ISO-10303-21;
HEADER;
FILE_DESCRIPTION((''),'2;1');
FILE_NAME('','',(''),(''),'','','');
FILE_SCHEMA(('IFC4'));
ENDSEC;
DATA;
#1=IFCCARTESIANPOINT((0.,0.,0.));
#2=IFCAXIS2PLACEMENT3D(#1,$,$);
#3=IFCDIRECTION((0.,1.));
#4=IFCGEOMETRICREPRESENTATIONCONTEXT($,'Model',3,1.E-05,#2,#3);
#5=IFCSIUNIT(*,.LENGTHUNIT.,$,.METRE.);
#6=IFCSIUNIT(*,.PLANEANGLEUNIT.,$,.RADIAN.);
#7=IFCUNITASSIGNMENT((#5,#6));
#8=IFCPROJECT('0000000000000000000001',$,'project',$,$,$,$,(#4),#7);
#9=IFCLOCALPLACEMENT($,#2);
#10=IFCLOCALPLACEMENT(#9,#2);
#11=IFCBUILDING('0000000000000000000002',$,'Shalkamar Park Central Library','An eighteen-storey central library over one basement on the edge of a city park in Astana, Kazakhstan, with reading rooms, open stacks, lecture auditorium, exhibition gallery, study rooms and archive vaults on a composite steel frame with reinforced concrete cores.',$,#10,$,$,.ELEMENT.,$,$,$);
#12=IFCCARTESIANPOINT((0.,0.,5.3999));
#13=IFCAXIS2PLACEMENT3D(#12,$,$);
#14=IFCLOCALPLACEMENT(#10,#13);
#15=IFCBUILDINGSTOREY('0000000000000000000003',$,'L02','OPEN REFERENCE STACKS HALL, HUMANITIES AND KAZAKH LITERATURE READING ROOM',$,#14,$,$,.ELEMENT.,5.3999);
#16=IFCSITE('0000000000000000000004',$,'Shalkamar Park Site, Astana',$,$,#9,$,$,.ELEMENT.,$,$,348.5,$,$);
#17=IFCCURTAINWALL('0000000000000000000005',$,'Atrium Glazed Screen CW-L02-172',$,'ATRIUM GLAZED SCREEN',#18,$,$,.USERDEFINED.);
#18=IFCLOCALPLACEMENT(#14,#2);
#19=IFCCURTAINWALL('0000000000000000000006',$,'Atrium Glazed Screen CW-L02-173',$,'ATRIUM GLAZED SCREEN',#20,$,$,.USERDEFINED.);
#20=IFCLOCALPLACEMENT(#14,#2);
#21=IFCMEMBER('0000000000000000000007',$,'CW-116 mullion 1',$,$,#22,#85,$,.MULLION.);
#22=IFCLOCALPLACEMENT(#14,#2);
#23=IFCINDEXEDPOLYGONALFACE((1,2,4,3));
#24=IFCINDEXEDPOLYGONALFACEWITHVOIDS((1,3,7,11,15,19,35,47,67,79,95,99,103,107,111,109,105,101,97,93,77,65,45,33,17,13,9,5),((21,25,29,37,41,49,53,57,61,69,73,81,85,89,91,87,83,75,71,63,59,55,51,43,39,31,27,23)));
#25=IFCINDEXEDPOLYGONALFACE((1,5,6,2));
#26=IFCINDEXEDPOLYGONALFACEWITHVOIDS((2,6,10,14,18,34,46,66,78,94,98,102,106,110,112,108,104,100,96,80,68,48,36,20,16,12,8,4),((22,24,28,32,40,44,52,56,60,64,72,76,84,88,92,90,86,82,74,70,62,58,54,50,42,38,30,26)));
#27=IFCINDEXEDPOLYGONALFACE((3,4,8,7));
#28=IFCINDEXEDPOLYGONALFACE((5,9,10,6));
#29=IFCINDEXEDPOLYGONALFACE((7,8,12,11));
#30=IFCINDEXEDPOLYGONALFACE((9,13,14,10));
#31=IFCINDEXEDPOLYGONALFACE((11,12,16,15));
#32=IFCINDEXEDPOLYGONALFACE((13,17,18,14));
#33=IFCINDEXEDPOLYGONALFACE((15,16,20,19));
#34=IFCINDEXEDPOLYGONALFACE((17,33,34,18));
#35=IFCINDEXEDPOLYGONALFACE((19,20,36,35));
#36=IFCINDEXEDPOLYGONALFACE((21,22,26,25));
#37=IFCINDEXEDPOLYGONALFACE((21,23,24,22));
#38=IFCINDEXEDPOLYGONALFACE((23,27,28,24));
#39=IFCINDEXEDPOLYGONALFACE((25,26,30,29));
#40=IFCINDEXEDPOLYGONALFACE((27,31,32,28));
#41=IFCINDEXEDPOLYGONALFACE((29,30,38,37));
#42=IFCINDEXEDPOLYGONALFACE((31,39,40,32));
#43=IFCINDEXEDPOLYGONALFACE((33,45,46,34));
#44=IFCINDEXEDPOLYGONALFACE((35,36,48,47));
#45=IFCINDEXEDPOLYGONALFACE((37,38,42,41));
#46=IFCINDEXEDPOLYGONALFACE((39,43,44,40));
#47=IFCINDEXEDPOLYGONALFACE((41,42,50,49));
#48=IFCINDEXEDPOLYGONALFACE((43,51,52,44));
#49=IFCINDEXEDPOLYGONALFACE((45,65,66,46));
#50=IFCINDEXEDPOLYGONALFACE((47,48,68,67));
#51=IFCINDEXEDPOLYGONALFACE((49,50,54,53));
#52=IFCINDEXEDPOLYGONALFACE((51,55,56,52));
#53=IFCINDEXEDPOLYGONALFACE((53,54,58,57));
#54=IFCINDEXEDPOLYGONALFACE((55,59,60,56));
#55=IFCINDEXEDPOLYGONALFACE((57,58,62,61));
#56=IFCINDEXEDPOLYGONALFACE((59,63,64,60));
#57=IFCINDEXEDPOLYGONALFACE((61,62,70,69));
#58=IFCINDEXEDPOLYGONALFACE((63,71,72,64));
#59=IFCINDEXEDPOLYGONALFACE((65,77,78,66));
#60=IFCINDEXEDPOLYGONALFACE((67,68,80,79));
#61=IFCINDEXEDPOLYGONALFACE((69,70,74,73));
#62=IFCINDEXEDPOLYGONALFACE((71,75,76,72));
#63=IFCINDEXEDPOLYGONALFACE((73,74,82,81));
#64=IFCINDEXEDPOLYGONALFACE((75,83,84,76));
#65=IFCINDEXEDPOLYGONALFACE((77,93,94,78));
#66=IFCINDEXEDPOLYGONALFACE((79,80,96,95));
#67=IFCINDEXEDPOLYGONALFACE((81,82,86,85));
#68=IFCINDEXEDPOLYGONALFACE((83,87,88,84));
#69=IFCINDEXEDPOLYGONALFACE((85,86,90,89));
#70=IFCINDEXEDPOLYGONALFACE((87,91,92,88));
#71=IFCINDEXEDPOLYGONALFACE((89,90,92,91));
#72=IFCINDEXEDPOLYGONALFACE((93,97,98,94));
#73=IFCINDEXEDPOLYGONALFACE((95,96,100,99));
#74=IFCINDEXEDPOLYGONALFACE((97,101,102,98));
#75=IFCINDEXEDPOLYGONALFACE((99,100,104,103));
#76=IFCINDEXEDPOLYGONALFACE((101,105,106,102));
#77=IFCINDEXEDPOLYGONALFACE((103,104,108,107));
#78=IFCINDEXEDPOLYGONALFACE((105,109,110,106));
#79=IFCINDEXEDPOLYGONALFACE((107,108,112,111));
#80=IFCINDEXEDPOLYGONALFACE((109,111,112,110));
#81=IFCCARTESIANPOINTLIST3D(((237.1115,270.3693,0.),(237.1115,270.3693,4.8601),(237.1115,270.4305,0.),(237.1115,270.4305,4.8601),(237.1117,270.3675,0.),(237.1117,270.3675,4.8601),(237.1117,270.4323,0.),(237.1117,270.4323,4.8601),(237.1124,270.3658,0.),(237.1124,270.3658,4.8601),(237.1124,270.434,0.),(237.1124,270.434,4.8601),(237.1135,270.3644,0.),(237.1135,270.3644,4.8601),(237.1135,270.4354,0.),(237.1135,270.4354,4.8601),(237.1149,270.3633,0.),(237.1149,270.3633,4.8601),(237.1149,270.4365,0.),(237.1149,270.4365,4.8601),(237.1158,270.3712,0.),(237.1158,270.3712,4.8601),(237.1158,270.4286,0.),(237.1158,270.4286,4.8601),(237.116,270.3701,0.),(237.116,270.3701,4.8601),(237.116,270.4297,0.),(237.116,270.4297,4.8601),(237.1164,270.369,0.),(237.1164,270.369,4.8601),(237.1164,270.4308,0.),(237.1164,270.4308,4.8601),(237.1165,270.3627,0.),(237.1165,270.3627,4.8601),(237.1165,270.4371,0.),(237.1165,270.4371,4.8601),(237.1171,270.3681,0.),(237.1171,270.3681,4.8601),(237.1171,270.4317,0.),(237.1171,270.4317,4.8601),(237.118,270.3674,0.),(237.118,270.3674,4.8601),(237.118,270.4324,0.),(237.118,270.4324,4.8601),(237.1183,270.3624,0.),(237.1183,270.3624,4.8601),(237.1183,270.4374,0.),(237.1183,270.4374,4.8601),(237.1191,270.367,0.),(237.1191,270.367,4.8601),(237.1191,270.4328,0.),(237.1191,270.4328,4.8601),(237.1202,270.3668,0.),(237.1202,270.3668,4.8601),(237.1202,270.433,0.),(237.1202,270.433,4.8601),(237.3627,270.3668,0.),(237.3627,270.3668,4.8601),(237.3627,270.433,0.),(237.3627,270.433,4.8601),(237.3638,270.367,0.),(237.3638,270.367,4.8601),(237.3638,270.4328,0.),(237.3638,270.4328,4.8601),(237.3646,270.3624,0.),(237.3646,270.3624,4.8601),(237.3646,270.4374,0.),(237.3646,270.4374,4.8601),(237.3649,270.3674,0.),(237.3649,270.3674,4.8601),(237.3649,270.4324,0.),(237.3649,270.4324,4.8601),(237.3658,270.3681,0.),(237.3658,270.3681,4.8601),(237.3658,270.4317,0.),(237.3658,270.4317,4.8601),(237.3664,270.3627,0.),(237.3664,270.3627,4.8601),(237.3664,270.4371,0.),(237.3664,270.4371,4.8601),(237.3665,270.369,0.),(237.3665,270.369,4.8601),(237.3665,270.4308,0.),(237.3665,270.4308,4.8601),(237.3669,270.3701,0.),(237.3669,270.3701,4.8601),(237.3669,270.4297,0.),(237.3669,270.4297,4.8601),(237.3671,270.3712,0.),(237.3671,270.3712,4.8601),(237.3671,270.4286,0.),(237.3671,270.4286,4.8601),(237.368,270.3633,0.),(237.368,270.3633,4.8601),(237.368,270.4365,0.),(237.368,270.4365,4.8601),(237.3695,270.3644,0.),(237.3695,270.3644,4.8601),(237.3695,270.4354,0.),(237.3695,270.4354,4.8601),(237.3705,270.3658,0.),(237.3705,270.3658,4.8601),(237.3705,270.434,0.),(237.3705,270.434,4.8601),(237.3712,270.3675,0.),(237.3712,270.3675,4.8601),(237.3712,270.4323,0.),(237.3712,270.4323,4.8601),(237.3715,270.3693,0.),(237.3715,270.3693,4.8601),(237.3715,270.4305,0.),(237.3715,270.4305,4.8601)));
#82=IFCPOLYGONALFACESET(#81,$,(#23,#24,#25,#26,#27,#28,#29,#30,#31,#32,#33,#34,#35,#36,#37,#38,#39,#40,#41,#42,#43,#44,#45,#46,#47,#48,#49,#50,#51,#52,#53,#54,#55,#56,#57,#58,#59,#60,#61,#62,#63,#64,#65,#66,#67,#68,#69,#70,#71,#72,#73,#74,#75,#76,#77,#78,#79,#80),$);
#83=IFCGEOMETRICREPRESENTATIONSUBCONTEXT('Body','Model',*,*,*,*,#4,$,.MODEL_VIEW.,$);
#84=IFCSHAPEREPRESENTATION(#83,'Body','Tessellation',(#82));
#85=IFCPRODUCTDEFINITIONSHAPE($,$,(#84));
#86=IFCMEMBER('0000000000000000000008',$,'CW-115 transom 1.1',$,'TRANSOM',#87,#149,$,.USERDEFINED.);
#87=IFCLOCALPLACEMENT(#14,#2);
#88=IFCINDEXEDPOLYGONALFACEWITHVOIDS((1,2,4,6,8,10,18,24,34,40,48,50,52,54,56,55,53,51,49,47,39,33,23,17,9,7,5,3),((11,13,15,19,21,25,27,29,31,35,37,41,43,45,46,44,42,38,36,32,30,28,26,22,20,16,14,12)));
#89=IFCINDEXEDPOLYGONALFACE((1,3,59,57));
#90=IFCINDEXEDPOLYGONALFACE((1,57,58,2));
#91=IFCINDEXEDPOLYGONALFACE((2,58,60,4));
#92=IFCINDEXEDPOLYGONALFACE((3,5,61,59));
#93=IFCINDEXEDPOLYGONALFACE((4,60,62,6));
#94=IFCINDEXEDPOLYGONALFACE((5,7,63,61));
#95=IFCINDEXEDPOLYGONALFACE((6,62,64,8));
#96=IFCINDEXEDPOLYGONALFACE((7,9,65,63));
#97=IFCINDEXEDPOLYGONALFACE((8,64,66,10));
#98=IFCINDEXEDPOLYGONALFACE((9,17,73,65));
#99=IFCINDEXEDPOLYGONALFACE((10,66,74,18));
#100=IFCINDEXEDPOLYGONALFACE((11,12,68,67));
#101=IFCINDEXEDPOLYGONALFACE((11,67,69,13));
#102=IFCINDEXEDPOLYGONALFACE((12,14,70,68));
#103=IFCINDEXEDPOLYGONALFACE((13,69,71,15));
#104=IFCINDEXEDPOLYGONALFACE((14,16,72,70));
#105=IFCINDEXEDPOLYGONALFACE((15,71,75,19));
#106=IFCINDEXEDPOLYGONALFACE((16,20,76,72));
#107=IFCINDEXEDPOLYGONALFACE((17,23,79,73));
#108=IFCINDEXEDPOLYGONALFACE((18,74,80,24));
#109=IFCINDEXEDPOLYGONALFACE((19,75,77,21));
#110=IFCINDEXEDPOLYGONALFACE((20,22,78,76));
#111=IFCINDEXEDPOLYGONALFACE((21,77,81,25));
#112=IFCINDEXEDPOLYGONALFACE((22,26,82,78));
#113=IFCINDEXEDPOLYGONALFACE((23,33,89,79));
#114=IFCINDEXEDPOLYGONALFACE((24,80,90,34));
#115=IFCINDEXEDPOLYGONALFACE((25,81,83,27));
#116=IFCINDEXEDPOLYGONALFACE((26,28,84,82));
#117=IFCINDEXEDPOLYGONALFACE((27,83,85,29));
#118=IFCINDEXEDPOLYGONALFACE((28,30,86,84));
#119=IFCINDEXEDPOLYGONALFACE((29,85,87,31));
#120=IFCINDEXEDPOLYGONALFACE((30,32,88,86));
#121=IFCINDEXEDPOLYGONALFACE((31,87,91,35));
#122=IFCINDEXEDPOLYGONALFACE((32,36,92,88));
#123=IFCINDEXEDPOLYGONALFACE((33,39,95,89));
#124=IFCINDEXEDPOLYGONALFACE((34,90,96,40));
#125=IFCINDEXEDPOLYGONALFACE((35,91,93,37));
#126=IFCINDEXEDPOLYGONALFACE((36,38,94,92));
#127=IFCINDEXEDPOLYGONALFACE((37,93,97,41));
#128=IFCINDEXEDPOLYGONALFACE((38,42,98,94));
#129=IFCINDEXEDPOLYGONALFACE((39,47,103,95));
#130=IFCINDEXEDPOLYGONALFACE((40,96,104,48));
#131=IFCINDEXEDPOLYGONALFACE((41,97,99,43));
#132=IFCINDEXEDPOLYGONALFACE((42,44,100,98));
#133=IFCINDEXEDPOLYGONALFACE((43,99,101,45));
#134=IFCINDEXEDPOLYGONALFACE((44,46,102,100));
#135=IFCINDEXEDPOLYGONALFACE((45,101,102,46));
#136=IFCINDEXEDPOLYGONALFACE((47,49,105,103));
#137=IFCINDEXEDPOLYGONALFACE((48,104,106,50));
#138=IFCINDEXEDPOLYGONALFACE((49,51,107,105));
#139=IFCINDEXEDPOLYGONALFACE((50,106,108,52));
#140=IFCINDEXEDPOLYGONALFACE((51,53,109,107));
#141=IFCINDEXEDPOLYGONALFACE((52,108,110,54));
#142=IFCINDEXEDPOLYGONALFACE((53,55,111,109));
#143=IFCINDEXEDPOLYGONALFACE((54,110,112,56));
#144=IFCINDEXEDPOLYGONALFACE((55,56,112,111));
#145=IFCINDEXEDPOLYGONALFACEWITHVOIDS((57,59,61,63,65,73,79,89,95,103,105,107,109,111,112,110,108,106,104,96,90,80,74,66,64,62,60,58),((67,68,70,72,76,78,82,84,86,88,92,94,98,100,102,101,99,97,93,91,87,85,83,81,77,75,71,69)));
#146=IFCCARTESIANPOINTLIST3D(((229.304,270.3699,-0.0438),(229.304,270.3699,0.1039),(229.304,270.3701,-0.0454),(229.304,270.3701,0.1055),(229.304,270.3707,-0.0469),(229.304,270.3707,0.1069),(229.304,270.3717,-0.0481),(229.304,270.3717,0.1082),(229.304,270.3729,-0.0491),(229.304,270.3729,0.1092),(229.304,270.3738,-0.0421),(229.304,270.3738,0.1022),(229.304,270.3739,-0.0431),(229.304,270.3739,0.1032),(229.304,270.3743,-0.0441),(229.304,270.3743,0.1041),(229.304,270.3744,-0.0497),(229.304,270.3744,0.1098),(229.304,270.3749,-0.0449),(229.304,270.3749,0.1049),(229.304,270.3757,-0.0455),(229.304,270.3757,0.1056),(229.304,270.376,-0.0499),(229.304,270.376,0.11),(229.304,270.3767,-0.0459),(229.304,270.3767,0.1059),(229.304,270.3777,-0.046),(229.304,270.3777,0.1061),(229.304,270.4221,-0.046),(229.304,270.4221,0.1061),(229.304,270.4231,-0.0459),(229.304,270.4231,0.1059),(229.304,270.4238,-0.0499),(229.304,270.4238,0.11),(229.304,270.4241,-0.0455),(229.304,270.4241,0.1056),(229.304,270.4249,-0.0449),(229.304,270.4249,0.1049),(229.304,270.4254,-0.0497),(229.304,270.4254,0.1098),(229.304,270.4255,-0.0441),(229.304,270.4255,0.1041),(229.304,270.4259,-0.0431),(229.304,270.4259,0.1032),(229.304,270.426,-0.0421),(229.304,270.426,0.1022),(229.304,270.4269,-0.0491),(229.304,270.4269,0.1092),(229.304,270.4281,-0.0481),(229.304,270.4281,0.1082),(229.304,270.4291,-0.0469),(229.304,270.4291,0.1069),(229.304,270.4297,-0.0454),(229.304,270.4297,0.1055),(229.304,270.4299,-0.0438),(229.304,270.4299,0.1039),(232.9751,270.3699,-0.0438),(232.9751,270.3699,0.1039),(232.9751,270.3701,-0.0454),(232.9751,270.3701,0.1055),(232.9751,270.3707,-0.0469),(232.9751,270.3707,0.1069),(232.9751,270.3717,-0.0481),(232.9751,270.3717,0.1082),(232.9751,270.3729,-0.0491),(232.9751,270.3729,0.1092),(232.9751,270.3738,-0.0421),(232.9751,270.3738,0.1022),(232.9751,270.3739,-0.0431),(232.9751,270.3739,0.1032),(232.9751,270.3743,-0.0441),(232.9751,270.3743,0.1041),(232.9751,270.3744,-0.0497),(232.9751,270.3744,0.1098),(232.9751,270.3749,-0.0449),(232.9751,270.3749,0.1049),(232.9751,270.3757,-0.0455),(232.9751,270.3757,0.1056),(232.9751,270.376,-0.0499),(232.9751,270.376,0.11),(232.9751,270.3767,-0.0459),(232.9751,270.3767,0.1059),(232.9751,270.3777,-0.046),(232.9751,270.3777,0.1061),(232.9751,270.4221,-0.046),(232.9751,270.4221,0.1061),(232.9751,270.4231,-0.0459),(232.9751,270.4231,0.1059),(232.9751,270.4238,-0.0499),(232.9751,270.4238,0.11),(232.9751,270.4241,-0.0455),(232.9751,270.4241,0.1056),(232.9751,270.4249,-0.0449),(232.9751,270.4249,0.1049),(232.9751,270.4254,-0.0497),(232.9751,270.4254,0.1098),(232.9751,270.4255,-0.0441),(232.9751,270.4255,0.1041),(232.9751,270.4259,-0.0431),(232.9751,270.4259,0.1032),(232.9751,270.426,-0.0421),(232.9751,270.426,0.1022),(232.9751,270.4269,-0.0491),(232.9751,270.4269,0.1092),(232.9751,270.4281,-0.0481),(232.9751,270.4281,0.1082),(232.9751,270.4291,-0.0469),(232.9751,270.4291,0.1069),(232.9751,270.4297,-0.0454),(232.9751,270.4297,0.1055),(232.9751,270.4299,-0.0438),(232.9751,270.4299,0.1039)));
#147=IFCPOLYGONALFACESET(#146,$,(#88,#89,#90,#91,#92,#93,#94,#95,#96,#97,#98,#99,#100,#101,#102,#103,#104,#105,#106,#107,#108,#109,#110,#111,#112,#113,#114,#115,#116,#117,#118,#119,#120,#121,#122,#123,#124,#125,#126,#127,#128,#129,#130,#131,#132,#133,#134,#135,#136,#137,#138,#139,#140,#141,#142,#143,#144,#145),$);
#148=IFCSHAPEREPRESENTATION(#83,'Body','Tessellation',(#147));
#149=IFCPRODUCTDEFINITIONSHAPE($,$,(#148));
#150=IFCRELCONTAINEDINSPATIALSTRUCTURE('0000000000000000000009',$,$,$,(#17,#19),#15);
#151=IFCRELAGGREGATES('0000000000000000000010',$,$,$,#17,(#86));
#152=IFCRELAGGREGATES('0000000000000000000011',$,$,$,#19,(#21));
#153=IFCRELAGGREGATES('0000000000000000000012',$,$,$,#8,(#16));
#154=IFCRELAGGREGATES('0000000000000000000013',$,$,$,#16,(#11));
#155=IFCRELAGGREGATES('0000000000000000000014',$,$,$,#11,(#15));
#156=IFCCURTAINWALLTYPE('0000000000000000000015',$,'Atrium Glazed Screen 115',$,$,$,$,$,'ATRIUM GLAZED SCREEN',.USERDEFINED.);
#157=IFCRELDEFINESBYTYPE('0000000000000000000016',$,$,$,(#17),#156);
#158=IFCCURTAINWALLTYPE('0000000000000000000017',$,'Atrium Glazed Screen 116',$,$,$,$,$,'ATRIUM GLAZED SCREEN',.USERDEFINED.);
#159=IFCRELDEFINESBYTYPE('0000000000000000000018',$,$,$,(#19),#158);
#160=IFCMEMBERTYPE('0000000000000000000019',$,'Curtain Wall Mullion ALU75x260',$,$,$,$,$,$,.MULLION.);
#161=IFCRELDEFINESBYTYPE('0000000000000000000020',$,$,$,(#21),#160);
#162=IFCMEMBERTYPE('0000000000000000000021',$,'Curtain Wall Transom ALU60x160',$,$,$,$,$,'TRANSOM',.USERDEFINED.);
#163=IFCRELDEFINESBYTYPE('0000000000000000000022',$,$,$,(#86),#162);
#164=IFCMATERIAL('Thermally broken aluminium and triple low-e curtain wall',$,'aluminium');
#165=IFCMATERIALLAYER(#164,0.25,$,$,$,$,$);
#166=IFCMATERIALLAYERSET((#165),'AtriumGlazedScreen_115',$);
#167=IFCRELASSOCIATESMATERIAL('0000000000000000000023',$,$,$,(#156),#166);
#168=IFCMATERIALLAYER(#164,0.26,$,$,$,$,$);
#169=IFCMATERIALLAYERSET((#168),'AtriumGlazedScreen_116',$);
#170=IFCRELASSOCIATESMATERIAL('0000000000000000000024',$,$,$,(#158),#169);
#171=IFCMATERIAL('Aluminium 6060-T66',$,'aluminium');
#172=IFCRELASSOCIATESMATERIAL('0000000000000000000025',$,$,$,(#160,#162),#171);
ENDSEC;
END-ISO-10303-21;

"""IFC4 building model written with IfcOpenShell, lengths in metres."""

from ifc_helpers import new_model, si_unit, direction, frame, origin, origin_2d, place, context, subcontext, project, spatial, hollow_rectangle, extrude, material, layer, layer_set, material_profile, profile_set, type_object, element, aggregate, save


model = new_model("IFC4")

# Units and contexts
model_context = context("Model", 3, precision=1e-05, world=origin(), true_north=direction((0.0, 1.0)))
body_context = subcontext(model_context, "Body", "Model", "MODEL_VIEW")
ifc_project = project(units=[si_unit("LENGTHUNIT", "METRE"), si_unit("PLANEANGLEUNIT", "RADIAN")], contexts=[model_context])

# Site, building, storey
site_placement = place(None, origin())
site = spatial("IfcSite", under=ifc_project, at=site_placement, Name="Shalkamar Park Site, Astana", CompositionType="ELEMENT", RefElevation=348.5)
building_placement = place(site_placement, origin())
building = spatial("IfcBuilding", under=site, at=building_placement, Name="Shalkamar Park Central Library", Description="An eighteen-storey central library over one basement on the edge of a city park in Astana, Kazakhstan, with reading rooms, open stacks, lecture auditorium, exhibition gallery, study rooms and archive vaults on a composite steel frame with reinforced concrete cores.", CompositionType="ELEMENT")
storey_placement = place(building_placement, frame((0.0, 0.0, 5.3999)))
storey = spatial("IfcBuildingStorey", under=building, at=storey_placement, Name="L02", Description="OPEN REFERENCE STACKS HALL, HUMANITIES AND KAZAKH LITERATURE READING ROOM", CompositionType="ELEMENT", Elevation=5.3999)

# Curtain wall
ifc_material_1 = material(Name="Thermally broken aluminium and triple low-e curtain wall", Category="aluminium")
ifc_layer_1 = layer(ifc_material_1, 0.25)
ifc_layer_set_1 = layer_set([ifc_layer_1], Name="AtriumGlazedScreen_115")
curtain_wall_type_1 = type_object("IfcCurtainWallType", Name="Atrium Glazed Screen 115", ElementType="ATRIUM GLAZED SCREEN", PredefinedType="USERDEFINED", material=ifc_layer_set_1)
curtain_wall_1_placement = place(storey_placement, origin())
curtain_wall_1 = element("IfcCurtainWall", 1, at=curtain_wall_1_placement, inside=storey, type_object=curtain_wall_type_1, Name="Atrium Glazed Screen CW-L02-172", ObjectType="ATRIUM GLAZED SCREEN", PredefinedType="USERDEFINED")
ifc_material_2 = material(Name="Aluminium 6060-T66", Category="aluminium")

# Curtain wall, member
ifc_layer_2 = layer(ifc_material_1, 0.26)
ifc_layer_set_2 = layer_set([ifc_layer_2], Name="AtriumGlazedScreen_116")
curtain_wall_type_2 = type_object("IfcCurtainWallType", Name="Atrium Glazed Screen 116", ElementType="ATRIUM GLAZED SCREEN", PredefinedType="USERDEFINED", material=ifc_layer_set_2)
curtain_wall_2_placement = place(storey_placement, origin())
curtain_wall_2 = element("IfcCurtainWall", 2, at=curtain_wall_2_placement, inside=storey, type_object=curtain_wall_type_2, Name="Atrium Glazed Screen CW-L02-173", ObjectType="ATRIUM GLAZED SCREEN", PredefinedType="USERDEFINED")
ifc_material_profile_1 = material_profile(ifc_material_2, hollow_rectangle(XDim=0.075, YDim=0.26, WallThickness=0.0044, InnerFilletRadius=0.0044, OuterFilletRadius=0.0068, at=origin_2d()), Name="ALU 75x260x4.5")
ifc_profile_set_1 = profile_set([ifc_material_profile_1], Name="Aluminium 6060-T66")
member_type_1 = type_object("IfcMemberType", Name="Curtain Wall Mullion ALU75x260", PredefinedType="MULLION", material=ifc_profile_set_1)
member_1_placement = place(storey_placement, frame((237.2415, 270.3999, 0.0), z_axis=(0.0, 0.0, 1.0), x_axis=(0.0, 1.0, 0.0)))
member_1 = element("IfcMember", 3, at=member_1_placement, type_object=member_type_1, Name="CW-116 mullion 1", PredefinedType="MULLION", context=body_context, shape_type="SweptSolid", body=[
    extrude(hollow_rectangle(XDim=0.075, YDim=0.26, WallThickness=0.0044, InnerFilletRadius=0.0044, OuterFilletRadius=0.0068, at=origin_2d()), origin(), (0.0, 0.0, 1.0), 4.8601),
])

# Member
ifc_material_profile_2 = material_profile(ifc_material_2, hollow_rectangle(XDim=0.0601, YDim=0.1599, WallThickness=0.0039, InnerFilletRadius=0.0039, OuterFilletRadius=0.0061, at=origin_2d()), Name="ALU 60x160x4")
ifc_profile_set_2 = profile_set([ifc_material_profile_2], Name="Aluminium 6060-T66")
member_type_2 = type_object("IfcMemberType", Name="Curtain Wall Transom ALU60x160", ElementType="TRANSOM", PredefinedType="USERDEFINED", material=ifc_profile_set_2)
member_2_placement = place(storey_placement, frame((229.304, 270.3999, 0.03), z_axis=(1.0, 0.0, 0.0), x_axis=(0.0, 1.0, 0.0)))
member_2 = element("IfcMember", 4, at=member_2_placement, type_object=member_type_2, Name="CW-115 transom 1.1", ObjectType="TRANSOM", PredefinedType="USERDEFINED", context=body_context, shape_type="SweptSolid", body=[
    extrude(hollow_rectangle(XDim=0.0601, YDim=0.1599, WallThickness=0.0039, InnerFilletRadius=0.0039, OuterFilletRadius=0.0061, at=origin_2d()), origin(), (0.0, 0.0, 1.0), 3.6711),
])

aggregate(curtain_wall_1, [member_2])
aggregate(curtain_wall_2, [member_1])

save(model, "model.ifc")
